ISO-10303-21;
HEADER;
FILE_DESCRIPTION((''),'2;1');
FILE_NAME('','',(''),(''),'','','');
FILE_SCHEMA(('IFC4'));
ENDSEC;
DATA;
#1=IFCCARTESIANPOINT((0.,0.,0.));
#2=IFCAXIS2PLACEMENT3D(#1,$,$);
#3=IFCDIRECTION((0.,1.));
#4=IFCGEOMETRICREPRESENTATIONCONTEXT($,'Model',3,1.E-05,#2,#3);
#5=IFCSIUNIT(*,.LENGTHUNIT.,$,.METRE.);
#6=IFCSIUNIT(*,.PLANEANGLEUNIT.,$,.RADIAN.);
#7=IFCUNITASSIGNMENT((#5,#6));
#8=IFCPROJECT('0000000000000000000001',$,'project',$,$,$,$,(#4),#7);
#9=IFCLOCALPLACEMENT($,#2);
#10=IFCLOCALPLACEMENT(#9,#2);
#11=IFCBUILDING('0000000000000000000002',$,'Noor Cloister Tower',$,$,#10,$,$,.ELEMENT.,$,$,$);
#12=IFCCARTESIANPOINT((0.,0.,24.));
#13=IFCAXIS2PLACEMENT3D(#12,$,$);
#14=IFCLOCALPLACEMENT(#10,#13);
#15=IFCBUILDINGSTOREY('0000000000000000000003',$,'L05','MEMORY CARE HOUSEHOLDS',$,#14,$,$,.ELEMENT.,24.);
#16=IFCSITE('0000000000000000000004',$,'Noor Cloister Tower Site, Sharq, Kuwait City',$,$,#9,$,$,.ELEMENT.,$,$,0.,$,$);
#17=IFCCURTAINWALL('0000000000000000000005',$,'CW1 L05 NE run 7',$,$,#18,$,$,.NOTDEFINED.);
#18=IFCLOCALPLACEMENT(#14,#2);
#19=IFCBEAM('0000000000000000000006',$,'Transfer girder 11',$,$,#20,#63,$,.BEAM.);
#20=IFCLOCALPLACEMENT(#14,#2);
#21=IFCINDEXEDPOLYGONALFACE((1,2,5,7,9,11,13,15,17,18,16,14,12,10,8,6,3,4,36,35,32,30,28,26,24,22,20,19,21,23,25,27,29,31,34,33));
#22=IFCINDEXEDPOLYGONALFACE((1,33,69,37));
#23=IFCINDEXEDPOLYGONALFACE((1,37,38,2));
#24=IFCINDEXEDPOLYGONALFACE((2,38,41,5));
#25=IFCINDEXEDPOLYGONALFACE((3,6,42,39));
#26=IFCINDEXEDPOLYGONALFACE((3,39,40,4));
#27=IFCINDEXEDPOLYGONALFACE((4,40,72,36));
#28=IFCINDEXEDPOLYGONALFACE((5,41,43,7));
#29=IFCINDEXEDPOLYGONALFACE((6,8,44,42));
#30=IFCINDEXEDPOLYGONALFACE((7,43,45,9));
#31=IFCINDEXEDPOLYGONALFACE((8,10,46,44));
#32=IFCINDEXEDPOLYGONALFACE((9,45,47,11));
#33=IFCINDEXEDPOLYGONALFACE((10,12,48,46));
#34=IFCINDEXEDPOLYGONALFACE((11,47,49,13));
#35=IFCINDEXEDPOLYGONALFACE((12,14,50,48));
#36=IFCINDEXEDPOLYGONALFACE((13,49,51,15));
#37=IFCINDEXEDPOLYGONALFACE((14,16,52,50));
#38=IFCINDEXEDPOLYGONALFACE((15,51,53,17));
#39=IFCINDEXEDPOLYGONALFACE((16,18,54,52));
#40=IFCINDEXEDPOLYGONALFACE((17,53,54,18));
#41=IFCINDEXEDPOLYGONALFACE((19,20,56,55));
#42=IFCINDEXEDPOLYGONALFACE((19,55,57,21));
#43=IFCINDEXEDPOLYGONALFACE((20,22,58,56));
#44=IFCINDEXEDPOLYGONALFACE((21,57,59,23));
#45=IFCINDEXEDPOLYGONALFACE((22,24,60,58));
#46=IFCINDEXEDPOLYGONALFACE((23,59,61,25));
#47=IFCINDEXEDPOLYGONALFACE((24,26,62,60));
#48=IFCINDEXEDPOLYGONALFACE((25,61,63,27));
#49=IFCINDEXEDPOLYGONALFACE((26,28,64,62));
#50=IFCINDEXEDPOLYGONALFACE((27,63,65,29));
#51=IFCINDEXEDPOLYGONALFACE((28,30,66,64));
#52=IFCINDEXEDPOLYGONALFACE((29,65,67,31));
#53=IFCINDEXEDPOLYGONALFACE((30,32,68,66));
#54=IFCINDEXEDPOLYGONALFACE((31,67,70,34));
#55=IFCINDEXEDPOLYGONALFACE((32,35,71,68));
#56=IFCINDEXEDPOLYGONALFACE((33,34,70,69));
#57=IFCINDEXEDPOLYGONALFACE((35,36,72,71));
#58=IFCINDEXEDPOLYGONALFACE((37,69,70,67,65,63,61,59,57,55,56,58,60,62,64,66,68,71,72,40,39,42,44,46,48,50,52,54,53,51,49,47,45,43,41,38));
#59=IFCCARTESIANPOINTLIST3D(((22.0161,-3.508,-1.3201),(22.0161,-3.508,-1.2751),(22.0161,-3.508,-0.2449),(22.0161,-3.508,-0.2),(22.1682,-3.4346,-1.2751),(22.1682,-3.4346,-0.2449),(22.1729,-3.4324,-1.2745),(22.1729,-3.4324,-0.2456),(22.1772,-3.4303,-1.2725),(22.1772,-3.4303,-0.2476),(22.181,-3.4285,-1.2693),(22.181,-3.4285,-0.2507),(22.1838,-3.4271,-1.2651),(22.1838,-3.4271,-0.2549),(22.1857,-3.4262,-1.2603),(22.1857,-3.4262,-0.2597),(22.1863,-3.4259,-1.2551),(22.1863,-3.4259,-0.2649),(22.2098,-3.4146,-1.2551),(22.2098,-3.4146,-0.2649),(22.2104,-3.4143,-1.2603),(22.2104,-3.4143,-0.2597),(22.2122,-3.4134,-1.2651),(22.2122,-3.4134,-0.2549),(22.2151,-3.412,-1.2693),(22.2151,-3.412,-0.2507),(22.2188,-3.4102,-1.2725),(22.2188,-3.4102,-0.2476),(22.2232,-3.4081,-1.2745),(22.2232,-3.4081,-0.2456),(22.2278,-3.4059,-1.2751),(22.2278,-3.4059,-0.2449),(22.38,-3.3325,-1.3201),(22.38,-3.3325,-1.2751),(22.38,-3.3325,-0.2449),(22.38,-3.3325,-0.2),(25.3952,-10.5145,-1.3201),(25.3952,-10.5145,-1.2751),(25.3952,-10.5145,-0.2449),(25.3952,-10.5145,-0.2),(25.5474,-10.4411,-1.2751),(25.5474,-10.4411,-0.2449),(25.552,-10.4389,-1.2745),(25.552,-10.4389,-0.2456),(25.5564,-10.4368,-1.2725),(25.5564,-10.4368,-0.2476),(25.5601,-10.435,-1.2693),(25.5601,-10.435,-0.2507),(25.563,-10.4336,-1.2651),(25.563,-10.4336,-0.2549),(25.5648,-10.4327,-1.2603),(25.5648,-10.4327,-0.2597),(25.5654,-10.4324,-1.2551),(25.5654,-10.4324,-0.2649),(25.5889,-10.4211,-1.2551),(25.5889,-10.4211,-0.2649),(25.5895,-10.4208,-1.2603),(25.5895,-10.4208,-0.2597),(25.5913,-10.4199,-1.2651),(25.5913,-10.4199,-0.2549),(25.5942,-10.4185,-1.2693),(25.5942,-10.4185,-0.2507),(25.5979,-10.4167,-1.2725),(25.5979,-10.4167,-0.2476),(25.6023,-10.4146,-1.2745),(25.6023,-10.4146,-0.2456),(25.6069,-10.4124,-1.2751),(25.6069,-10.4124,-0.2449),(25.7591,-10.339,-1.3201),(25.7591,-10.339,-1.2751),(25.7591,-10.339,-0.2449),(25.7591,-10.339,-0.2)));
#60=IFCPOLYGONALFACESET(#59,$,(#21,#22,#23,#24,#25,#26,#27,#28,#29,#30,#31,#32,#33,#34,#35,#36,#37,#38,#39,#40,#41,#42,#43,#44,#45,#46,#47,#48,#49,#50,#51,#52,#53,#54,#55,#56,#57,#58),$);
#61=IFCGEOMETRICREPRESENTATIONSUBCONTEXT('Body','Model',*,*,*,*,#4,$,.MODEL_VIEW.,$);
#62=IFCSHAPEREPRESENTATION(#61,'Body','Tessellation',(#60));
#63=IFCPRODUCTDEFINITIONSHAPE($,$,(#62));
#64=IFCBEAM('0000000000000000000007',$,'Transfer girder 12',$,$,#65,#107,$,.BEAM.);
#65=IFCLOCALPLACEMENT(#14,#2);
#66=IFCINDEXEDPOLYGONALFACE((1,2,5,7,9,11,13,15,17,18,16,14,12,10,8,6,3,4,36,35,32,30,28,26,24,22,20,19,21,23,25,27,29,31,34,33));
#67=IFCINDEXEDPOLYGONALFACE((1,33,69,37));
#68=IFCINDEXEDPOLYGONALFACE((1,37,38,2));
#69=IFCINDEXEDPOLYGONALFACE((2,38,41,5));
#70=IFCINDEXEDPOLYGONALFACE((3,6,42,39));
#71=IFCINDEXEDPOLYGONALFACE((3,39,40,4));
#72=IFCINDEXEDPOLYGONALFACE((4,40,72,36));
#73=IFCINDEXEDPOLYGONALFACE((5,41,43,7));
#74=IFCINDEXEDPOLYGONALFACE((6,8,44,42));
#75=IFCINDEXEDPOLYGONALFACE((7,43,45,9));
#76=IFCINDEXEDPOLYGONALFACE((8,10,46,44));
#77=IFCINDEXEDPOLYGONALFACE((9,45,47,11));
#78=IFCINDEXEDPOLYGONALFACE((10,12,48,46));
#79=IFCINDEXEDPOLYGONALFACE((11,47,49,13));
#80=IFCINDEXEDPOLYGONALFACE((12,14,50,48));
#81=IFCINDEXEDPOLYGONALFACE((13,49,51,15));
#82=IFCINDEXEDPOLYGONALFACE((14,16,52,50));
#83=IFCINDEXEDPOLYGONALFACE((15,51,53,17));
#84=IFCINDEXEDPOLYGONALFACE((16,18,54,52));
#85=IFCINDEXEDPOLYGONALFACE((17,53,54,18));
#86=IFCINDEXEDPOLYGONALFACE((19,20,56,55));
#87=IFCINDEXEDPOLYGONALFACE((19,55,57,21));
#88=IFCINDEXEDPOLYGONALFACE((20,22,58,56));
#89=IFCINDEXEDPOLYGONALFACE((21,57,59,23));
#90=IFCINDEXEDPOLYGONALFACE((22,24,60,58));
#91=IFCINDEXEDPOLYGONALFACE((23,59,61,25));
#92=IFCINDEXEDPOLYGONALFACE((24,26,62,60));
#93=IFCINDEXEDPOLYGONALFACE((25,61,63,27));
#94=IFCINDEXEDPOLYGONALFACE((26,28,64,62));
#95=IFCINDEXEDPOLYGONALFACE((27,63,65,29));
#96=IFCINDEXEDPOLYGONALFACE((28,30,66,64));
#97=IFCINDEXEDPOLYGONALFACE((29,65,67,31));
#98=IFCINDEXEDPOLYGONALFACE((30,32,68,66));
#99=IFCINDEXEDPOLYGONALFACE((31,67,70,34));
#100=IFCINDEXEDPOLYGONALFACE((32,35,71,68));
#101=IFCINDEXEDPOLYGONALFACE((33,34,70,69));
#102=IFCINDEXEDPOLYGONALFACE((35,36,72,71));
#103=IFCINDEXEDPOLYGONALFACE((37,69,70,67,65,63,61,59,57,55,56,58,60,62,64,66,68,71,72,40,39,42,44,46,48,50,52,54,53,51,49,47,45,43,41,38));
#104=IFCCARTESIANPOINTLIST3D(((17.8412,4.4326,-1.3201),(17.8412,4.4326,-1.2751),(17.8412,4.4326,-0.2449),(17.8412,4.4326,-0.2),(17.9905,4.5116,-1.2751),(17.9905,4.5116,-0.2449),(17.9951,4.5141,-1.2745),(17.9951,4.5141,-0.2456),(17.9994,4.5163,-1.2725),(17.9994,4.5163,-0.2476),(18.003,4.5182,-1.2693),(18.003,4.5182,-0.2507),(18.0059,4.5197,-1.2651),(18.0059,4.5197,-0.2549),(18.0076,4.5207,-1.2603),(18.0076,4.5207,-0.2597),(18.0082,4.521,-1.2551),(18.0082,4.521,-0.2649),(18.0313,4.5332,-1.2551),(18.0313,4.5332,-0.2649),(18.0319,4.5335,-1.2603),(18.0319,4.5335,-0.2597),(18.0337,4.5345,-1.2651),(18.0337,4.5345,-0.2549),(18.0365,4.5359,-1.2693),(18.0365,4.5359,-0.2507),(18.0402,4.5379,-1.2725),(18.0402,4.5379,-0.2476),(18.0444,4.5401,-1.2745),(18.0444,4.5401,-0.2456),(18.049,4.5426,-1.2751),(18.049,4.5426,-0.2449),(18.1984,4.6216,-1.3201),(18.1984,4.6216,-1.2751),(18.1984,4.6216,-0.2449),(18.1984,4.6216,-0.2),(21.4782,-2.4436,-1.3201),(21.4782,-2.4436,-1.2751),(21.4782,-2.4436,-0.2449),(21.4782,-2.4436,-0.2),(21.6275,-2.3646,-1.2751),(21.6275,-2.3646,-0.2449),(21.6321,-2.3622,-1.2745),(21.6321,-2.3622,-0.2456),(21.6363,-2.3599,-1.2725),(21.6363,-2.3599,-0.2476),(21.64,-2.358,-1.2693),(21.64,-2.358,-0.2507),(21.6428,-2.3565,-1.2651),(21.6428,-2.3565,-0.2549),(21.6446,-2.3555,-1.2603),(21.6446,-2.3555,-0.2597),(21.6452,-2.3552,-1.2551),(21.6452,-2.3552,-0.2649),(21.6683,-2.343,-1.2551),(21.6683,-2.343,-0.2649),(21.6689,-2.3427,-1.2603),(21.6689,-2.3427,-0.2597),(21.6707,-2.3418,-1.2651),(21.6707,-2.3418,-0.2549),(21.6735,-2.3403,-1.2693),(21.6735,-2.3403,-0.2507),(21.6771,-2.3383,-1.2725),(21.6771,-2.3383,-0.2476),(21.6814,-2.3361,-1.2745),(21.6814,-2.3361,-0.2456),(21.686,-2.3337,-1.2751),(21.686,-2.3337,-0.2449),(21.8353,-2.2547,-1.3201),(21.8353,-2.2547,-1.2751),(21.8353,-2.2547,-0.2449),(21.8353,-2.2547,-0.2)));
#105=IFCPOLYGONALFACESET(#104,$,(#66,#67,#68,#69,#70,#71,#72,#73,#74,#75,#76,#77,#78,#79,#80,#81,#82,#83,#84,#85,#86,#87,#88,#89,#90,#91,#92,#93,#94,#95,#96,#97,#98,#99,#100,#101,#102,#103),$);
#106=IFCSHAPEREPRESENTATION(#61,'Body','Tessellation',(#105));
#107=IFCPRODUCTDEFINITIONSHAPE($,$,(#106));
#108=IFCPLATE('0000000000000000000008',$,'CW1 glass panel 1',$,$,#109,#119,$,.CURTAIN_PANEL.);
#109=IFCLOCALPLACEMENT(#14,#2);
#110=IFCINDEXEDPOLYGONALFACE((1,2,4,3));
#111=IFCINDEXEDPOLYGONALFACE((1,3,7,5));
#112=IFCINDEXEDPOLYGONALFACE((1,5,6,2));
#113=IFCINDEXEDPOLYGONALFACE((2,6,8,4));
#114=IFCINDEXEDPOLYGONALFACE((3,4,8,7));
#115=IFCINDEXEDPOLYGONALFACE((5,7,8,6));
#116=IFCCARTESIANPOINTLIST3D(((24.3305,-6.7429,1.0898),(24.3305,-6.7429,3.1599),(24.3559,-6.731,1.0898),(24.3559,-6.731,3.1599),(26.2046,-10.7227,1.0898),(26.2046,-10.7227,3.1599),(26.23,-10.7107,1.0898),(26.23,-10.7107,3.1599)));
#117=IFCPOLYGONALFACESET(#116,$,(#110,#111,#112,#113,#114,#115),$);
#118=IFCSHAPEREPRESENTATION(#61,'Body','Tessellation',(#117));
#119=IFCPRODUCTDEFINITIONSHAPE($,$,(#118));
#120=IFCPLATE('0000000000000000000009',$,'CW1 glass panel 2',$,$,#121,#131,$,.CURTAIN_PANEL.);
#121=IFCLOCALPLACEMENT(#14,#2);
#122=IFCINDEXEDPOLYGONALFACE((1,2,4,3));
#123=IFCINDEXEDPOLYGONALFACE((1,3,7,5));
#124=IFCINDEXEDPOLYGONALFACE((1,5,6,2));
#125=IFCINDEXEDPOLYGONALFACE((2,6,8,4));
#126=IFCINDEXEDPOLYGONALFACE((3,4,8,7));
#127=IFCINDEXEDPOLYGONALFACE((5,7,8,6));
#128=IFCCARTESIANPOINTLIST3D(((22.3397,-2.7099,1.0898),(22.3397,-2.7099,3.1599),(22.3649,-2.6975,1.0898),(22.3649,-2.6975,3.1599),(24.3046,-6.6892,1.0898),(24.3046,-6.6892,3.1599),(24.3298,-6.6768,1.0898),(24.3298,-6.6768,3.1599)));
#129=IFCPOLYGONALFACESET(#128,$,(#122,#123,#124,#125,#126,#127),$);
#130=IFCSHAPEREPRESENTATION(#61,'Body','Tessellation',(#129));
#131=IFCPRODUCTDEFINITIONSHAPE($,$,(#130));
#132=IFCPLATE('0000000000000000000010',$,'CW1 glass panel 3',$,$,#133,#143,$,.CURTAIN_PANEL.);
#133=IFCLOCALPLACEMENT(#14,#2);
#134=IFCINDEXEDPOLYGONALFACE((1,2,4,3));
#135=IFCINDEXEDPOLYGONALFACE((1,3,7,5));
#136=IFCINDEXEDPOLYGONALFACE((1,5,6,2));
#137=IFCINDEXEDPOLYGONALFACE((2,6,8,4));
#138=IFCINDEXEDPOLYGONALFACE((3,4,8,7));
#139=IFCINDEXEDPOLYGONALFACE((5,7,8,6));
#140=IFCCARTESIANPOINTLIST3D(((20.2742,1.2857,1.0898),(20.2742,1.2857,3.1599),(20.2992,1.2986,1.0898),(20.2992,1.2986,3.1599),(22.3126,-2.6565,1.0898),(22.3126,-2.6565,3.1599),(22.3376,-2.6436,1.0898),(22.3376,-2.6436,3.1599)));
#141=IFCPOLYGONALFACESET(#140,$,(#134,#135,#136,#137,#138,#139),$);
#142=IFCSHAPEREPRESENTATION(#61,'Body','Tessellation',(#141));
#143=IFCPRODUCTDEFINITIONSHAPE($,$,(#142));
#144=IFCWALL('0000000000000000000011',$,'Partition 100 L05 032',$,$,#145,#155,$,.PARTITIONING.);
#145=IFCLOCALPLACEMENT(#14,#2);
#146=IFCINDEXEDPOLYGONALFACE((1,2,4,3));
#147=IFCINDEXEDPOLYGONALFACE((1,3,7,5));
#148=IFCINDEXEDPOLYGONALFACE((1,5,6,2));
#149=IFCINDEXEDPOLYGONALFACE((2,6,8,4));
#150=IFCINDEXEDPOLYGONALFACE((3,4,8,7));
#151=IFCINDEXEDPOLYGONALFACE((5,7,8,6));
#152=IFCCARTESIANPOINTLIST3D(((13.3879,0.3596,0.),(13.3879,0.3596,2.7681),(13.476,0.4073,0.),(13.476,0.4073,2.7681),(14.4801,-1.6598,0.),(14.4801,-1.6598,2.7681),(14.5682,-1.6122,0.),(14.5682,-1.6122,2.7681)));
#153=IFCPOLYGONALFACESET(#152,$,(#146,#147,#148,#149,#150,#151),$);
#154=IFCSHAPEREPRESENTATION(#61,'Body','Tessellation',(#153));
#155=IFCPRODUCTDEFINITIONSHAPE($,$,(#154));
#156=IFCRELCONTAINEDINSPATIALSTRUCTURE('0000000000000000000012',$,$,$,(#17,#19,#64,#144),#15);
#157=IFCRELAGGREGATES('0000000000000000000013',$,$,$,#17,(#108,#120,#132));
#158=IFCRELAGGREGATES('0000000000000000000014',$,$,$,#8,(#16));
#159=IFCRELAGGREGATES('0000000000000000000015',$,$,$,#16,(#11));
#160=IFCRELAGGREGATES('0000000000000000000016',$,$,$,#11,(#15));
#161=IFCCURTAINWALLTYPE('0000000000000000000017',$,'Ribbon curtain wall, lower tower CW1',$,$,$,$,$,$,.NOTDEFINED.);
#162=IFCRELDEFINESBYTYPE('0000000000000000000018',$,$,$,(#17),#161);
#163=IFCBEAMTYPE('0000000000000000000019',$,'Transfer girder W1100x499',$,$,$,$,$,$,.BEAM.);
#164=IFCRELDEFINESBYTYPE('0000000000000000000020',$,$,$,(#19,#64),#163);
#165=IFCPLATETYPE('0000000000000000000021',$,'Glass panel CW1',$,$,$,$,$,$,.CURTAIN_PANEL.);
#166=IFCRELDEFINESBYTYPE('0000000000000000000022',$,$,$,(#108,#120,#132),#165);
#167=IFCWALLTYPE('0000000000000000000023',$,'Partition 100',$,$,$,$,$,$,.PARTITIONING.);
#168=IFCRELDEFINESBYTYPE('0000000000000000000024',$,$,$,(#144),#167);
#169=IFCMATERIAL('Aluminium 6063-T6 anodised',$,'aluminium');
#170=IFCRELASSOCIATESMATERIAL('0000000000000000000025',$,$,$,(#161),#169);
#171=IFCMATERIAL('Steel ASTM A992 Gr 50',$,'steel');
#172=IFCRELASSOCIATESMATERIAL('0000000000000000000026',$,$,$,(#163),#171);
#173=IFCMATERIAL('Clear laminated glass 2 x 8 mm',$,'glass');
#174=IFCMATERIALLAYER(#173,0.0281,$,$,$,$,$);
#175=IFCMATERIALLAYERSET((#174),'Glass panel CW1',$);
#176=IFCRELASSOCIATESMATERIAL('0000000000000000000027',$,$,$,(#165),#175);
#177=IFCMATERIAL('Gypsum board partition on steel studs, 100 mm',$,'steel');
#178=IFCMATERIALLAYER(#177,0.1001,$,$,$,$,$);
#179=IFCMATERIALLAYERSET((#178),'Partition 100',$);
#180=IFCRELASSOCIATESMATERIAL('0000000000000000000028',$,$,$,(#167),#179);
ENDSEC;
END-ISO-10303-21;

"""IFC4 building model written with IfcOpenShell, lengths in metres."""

from ifc_helpers import new_model, si_unit, direction, frame, frame_2d, origin, origin_2d, place, context, subcontext, project, spatial, rectangle, i_section, extrude, material, layer, layer_set, material_profile, profile_set, type_object, element, aggregate, save


model = new_model("IFC4")

# Units and contexts
model_context = context("Model", 3, precision=1e-05, world=origin(), true_north=direction((0.0, 1.0)))
body_context = subcontext(model_context, "Body", "Model", "MODEL_VIEW")
ifc_project = project(units=[si_unit("LENGTHUNIT", "METRE"), si_unit("PLANEANGLEUNIT", "RADIAN")], contexts=[model_context])

# Site, building, storey
site_placement = place(None, origin())
site = spatial("IfcSite", under=ifc_project, at=site_placement, Name="Noor Cloister Tower Site, Sharq, Kuwait City", CompositionType="ELEMENT", RefElevation=0.0)
building_placement = place(site_placement, origin())
building = spatial("IfcBuilding", under=site, at=building_placement, Name="Noor Cloister Tower", CompositionType="ELEMENT")
storey_placement = place(building_placement, frame((0.0, 0.0, 24.0)))
storey = spatial("IfcBuildingStorey", under=building, at=storey_placement, Name="L05", Description="MEMORY CARE HOUSEHOLDS", CompositionType="ELEMENT", Elevation=24.0)

# Curtain wall
ifc_material_1 = material(Name="Aluminium 6063-T6 anodised", Category="aluminium")
curtain_wall_type = type_object("IfcCurtainWallType", Name="Ribbon curtain wall, lower tower CW1", PredefinedType="NOTDEFINED", material=ifc_material_1)
curtain_wall_placement = place(storey_placement, origin())
curtain_wall = element("IfcCurtainWall", 1, at=curtain_wall_placement, inside=storey, type_object=curtain_wall_type, Name="CW1 L05 NE run 7", PredefinedType="NOTDEFINED")

# Beams
ifc_material_2 = material(Name="Steel ASTM A992 Gr 50", Category="steel")
ifc_material_profile_1 = material_profile(ifc_material_2, i_section(OverallWidth=0.4041, OverallDepth=1.1201, WebThickness=0.0261, FlangeThickness=0.0449, FilletRadius=0.02, at=origin_2d()), Name="W1100x499")
ifc_profile_set_1 = profile_set([ifc_material_profile_1], Name="Steel ASTM A992 Gr 50")
beam_type_1 = type_object("IfcBeamType", Name="Transfer girder W1100x499", PredefinedType="BEAM", material=ifc_profile_set_1)
for number, where, z_axis, x_axis, name in (
    (2, (25.5771, -10.4268, -0.76), (-0.434401, 0.90072, 0.0), (-0.90072, -0.434401, 0.0), "Transfer girder 11"),
    (3, (21.6567, -2.3491, -0.76), (-0.467547, 0.883968, 0.0), (-0.883968, -0.467547, 0.0), "Transfer girder 12"),
):
    element("IfcBeam", number, at=place(storey_placement, frame(where, z_axis=z_axis, x_axis=x_axis)), inside=storey, type_object=beam_type_1, Name=name, PredefinedType="BEAM", context=body_context, shape_type="SweptSolid", body=[
        extrude(i_section(OverallWidth=0.4041, OverallDepth=1.1201, WebThickness=0.0261, FlangeThickness=0.0449, FilletRadius=0.02, at=origin_2d()), origin(), (0.0, 0.0, 1.0), 7.7788),
    ])

# Plates
ifc_material_3 = material(Name="Clear laminated glass 2 x 8 mm", Category="glass")
ifc_layer_1 = layer(ifc_material_3, 0.0281)
ifc_layer_set_1 = layer_set([ifc_layer_1], Name="Glass panel CW1")
plate_type = type_object("IfcPlateType", Name="Glass panel CW1", PredefinedType="CURTAIN_PANEL", material=ifc_layer_set_1)
plate_1_placement = place(storey_placement, frame((25.2803, -8.7268, 1.0898), z_axis=(0.0, 0.0, 1.0), x_axis=(-0.426036, 0.904706, 0.0)))
plate_1 = element("IfcPlate", 4, at=plate_1_placement, type_object=plate_type, Name="CW1 glass panel 1", PredefinedType="CURTAIN_PANEL", context=body_context, shape_type="SweptSolid", body=[
    extrude(rectangle(XDim=4.3989, YDim=0.0281, at=origin_2d()), origin(), (0.0, 0.0, 1.0), 2.0701),
])
plate_2_placement = place(storey_placement, frame((23.3347, -4.6934, 1.0898), z_axis=(0.0, 0.0, 1.0), x_axis=(-0.442747, 0.896647, 0.0)))
plate_2 = element("IfcPlate", 5, at=plate_2_placement, type_object=plate_type, Name="CW1 glass panel 2", PredefinedType="CURTAIN_PANEL", context=body_context, shape_type="SweptSolid", body=[
    extrude(rectangle(XDim=4.438, YDim=0.0281, at=origin_2d()), origin(), (0.0, 0.0, 1.0), 2.0701),
])
plate_3_placement = place(storey_placement, frame((21.3059, -0.679, 1.0898), z_axis=(0.0, 0.0, 1.0), x_axis=(-0.459306, 0.888278, 0.0)))
plate_3 = element("IfcPlate", 6, at=plate_3_placement, type_object=plate_type, Name="CW1 glass panel 3", PredefinedType="CURTAIN_PANEL", context=body_context, shape_type="SweptSolid", body=[
    extrude(rectangle(XDim=4.438, YDim=0.0281, at=origin_2d()), origin(), (0.0, 0.0, 1.0), 2.0701),
])
aggregate(curtain_wall, [plate_1, plate_2, plate_3])

# Wall
ifc_material_4 = material(Name="Gypsum board partition on steel studs, 100 mm", Category="steel")
ifc_layer_2 = layer(ifc_material_4, 0.1001)
ifc_layer_set_2 = layer_set([ifc_layer_2], Name="Partition 100")
wall_type = type_object("IfcWallType", Name="Partition 100", PredefinedType="PARTITIONING", material=ifc_layer_set_2)
wall_placement = place(storey_placement, frame((14.5242, -1.636, 0.0), z_axis=(0.0, 0.0, 1.0), x_axis=(-0.475735, 0.879589, 0.0)))
element("IfcWall", 7, at=wall_placement, inside=storey, type_object=wall_type, Name="Partition 100 L05 032", PredefinedType="PARTITIONING", context=body_context, shape_type="SweptSolid", body=[
    extrude(rectangle(XDim=2.2959, YDim=0.1001, at=frame_2d((1.1479, 0.0))), origin(), (0.0, 0.0, 1.0), 2.7681),
])

save(model, "model.ifc")
